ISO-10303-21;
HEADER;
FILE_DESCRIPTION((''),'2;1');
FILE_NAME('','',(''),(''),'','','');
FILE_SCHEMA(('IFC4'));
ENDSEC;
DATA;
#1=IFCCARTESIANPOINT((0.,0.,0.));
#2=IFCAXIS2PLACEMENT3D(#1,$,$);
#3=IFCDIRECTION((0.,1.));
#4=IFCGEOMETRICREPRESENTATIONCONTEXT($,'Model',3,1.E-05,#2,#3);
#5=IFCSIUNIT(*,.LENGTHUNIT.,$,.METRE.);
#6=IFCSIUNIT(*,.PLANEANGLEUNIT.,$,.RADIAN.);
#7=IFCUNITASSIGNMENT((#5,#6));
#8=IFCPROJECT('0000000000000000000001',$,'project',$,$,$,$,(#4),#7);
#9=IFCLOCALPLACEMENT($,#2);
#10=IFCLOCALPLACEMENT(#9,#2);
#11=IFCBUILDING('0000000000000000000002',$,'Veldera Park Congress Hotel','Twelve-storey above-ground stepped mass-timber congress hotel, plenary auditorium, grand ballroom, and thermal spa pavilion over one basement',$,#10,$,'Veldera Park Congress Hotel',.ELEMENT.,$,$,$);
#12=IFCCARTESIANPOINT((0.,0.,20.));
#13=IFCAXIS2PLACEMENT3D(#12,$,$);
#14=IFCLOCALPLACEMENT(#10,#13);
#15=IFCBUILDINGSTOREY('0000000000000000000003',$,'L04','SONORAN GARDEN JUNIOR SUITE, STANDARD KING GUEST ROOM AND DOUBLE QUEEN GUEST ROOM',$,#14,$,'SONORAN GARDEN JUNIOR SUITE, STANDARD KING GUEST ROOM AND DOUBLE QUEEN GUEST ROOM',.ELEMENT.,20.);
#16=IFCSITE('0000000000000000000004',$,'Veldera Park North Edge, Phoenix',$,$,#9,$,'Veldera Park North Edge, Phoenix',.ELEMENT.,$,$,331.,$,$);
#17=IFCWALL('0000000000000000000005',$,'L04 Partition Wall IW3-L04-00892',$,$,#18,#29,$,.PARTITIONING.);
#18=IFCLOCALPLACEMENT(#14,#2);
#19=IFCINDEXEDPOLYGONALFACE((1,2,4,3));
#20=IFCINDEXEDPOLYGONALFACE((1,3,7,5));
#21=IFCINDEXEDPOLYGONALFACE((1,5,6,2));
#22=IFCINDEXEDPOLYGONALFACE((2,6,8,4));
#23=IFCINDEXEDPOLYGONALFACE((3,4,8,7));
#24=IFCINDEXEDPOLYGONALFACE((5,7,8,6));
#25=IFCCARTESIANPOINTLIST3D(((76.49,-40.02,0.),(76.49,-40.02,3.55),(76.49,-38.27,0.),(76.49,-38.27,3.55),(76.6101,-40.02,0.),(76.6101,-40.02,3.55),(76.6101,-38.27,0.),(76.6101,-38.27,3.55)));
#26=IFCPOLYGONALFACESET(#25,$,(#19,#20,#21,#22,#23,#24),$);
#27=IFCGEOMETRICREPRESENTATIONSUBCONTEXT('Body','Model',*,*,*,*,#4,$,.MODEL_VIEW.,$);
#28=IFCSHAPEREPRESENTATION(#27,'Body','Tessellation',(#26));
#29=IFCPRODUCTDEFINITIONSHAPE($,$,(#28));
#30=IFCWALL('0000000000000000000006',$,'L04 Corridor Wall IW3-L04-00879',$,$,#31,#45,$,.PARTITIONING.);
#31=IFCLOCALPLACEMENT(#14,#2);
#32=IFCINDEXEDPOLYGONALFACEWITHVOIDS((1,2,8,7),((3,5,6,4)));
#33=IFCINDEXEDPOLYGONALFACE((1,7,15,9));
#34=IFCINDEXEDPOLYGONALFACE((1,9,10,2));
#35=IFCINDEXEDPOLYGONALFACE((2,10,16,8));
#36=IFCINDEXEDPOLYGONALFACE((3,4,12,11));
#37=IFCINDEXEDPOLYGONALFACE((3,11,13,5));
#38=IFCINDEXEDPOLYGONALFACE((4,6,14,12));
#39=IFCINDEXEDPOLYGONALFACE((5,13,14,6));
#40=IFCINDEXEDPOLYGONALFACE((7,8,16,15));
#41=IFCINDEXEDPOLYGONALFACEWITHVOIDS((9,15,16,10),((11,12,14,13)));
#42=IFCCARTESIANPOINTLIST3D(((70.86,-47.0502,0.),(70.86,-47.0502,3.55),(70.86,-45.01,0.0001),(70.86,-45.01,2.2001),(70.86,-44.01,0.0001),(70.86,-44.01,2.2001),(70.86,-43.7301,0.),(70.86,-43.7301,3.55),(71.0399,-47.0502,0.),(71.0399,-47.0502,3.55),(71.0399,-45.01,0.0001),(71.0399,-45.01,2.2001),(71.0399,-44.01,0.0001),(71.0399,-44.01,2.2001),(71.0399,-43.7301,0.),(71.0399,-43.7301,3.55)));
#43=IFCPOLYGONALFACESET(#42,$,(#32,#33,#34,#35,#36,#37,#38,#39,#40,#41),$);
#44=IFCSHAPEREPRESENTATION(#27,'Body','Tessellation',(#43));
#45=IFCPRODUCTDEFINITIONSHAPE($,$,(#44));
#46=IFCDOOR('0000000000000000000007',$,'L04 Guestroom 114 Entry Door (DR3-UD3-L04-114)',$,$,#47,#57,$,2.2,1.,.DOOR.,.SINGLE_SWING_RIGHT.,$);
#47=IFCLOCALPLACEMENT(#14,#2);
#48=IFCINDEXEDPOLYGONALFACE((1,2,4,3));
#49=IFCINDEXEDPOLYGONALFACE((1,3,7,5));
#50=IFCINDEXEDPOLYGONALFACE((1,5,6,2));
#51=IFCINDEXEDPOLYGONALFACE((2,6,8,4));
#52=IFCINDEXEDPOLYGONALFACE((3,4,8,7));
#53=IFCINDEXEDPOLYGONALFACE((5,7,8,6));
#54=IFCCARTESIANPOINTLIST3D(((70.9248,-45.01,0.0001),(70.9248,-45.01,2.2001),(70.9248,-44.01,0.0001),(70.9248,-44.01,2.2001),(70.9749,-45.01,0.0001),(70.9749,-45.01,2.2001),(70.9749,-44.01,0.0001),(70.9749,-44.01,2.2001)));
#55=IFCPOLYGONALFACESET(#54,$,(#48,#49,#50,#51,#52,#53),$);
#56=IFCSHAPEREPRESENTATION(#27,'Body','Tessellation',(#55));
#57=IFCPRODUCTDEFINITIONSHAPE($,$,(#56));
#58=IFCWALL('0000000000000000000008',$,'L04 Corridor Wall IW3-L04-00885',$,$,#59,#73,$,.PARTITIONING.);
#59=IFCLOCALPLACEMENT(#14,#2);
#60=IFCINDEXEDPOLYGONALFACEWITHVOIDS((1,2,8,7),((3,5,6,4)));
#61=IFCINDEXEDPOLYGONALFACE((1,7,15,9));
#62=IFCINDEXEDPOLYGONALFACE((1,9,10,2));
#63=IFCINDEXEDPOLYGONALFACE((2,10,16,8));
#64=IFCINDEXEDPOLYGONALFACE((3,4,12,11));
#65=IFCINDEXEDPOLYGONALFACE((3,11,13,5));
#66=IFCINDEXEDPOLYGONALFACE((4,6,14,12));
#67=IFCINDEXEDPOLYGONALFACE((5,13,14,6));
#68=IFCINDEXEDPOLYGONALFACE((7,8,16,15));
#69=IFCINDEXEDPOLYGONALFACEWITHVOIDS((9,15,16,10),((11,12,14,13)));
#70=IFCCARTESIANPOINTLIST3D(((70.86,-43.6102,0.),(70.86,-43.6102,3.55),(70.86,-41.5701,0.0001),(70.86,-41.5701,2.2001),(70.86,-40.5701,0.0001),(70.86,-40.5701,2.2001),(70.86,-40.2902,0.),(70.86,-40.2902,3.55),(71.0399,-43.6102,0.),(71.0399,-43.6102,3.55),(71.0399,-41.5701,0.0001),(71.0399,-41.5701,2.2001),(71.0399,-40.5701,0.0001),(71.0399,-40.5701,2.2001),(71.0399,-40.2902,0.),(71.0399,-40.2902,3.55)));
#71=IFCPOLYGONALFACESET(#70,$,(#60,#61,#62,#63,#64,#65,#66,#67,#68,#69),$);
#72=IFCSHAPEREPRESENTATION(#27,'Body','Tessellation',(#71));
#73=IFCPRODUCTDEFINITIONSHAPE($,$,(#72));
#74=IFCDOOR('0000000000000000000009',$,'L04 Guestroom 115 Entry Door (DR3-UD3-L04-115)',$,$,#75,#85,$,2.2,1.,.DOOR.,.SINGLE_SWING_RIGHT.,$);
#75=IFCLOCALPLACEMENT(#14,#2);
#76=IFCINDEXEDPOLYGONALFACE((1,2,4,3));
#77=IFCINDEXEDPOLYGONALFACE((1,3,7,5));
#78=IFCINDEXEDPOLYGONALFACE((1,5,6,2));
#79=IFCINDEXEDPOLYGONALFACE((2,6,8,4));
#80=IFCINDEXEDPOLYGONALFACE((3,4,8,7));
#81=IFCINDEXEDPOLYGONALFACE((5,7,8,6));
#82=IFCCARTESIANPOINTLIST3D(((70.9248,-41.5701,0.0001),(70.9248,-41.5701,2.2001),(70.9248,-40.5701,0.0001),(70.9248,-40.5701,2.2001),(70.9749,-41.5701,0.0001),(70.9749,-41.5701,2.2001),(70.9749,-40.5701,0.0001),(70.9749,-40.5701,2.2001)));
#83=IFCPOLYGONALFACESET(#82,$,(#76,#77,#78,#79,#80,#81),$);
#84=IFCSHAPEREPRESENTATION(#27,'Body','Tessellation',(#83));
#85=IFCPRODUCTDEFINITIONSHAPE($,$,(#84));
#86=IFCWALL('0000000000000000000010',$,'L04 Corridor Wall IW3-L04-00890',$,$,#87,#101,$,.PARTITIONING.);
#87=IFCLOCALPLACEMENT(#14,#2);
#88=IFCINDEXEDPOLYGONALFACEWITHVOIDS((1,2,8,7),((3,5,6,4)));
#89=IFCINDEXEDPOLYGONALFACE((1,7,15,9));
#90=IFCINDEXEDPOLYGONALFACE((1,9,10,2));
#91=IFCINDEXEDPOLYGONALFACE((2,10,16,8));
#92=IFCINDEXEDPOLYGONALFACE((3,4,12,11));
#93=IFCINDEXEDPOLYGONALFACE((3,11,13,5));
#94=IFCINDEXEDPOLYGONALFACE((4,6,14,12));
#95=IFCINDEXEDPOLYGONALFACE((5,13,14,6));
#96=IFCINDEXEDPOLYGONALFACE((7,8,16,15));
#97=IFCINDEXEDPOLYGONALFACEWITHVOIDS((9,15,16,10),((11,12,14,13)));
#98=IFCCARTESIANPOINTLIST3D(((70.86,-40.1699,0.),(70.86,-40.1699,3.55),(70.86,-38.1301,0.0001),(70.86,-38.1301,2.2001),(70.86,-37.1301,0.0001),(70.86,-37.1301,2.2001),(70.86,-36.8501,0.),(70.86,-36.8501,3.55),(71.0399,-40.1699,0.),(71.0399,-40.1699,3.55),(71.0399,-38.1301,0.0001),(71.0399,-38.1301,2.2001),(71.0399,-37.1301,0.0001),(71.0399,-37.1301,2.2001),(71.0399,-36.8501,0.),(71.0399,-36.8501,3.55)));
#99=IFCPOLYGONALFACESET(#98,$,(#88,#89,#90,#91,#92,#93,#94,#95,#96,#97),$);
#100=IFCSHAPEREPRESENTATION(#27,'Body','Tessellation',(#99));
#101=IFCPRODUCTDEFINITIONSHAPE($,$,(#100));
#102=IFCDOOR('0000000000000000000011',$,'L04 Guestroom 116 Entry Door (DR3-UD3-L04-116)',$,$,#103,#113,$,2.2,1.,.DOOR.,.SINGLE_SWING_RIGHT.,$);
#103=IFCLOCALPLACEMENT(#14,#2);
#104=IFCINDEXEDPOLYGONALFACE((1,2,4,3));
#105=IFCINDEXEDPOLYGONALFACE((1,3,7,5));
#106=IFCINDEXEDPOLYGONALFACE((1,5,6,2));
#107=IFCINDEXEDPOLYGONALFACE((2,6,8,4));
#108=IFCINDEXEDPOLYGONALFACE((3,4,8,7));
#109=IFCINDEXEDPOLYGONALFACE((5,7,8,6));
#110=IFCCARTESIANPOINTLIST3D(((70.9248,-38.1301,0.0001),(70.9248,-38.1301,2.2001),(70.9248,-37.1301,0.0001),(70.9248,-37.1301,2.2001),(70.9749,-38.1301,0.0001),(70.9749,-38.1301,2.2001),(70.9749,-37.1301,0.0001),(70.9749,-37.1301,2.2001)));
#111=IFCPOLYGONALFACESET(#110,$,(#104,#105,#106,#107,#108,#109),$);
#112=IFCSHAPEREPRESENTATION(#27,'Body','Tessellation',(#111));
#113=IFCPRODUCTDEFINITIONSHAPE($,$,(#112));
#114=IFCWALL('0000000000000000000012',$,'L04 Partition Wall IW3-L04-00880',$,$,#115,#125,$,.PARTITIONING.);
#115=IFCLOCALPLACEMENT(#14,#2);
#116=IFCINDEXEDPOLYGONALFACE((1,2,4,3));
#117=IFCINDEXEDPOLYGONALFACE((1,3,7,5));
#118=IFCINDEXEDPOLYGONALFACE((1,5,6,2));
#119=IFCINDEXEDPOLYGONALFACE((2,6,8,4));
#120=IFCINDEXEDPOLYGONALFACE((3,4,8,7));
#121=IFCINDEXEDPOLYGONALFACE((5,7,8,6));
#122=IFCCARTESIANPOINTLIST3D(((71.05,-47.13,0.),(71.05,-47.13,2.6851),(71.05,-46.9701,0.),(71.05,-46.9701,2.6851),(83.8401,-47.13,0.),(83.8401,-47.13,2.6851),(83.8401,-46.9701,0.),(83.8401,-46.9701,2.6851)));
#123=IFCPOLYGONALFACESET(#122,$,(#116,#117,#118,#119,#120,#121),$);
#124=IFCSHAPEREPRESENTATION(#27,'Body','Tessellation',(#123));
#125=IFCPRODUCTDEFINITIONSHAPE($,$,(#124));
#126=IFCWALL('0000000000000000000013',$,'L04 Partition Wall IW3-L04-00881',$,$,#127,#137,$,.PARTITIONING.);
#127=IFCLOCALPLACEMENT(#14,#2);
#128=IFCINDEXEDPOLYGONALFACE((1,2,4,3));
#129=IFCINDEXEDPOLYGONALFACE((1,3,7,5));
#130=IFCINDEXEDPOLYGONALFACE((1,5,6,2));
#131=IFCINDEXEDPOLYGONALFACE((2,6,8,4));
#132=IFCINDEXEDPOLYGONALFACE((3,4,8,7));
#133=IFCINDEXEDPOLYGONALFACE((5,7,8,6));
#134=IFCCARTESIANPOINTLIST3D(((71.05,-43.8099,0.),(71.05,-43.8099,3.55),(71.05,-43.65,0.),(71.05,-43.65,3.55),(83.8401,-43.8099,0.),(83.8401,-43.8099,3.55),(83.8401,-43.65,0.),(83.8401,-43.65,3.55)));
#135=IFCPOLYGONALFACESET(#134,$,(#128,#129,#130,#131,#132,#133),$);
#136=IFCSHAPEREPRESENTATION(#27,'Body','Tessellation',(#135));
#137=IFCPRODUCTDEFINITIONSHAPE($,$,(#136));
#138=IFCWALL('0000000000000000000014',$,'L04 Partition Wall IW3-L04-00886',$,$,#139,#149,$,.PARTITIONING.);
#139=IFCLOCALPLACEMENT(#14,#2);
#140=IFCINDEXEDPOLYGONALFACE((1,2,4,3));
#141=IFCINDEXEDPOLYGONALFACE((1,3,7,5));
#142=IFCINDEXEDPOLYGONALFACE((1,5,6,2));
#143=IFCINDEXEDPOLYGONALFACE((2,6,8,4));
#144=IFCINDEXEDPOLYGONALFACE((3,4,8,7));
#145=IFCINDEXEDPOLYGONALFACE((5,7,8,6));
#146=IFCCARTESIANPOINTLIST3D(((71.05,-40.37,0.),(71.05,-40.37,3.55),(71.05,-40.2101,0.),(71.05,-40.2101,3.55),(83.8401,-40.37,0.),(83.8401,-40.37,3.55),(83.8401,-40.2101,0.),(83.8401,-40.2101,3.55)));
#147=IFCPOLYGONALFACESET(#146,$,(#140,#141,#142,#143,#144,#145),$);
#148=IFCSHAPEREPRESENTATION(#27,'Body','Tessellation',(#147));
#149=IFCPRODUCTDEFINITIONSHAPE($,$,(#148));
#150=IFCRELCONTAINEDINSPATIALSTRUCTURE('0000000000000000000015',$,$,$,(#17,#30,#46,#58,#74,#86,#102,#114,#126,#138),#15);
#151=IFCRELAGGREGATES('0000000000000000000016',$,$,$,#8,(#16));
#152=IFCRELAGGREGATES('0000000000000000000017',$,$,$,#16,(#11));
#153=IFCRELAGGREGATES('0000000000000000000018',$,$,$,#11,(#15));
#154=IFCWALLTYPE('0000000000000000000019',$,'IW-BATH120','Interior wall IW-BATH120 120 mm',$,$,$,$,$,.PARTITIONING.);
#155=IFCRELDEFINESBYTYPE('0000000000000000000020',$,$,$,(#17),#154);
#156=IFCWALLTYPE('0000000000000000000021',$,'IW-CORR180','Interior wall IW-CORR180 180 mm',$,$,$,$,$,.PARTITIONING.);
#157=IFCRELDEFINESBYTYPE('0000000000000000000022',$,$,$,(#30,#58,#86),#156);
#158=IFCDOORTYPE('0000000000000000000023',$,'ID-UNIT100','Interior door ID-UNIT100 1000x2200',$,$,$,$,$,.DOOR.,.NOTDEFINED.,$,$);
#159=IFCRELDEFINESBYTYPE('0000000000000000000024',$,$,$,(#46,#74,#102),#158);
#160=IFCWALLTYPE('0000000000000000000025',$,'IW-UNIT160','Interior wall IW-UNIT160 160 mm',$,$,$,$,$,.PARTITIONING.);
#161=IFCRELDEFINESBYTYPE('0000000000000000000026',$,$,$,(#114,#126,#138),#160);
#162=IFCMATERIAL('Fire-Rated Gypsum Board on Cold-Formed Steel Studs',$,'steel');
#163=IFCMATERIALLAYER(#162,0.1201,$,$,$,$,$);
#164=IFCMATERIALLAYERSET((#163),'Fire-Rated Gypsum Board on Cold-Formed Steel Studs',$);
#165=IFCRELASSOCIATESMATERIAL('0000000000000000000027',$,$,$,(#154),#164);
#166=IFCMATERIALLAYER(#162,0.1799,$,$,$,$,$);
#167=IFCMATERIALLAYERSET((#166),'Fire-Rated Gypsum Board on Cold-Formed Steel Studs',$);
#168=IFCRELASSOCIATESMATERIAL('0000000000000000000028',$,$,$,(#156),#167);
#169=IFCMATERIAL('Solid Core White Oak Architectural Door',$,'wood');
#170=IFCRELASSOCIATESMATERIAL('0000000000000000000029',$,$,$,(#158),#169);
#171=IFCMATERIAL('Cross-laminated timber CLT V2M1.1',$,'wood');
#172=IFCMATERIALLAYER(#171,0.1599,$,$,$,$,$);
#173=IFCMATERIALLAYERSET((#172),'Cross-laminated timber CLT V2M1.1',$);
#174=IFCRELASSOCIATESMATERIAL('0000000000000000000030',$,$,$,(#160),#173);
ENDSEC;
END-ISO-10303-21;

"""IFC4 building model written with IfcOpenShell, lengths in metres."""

from ifc_helpers import new_model, si_unit, direction, frame, frame_2d, origin, place, context, subcontext, project, spatial, rectangle, extrude, material, layer, layer_set, type_object, element, fill, save


model = new_model("IFC4")

# Units and contexts
model_context = context("Model", 3, precision=1e-05, world=origin(), true_north=direction((0.0, 1.0)))
body_context = subcontext(model_context, "Body", "Model", "MODEL_VIEW")
ifc_project = project(units=[si_unit("LENGTHUNIT", "METRE"), si_unit("PLANEANGLEUNIT", "RADIAN")], contexts=[model_context])

# Site, building, storey
site_placement = place(None, origin())
site = spatial("IfcSite", under=ifc_project, at=site_placement, Name="Veldera Park North Edge, Phoenix", LongName="Veldera Park North Edge, Phoenix", CompositionType="ELEMENT", RefElevation=331.0)
building_placement = place(site_placement, origin())
building = spatial("IfcBuilding", under=site, at=building_placement, Name="Veldera Park Congress Hotel", Description="Twelve-storey above-ground stepped mass-timber congress hotel, plenary auditorium, grand ballroom, and thermal spa pavilion over one basement", LongName="Veldera Park Congress Hotel", CompositionType="ELEMENT")
storey_placement = place(building_placement, frame((0.0, 0.0, 20.0)))
storey = spatial("IfcBuildingStorey", under=building, at=storey_placement, Name="L04", Description="SONORAN GARDEN JUNIOR SUITE, STANDARD KING GUEST ROOM AND DOUBLE QUEEN GUEST ROOM", LongName="SONORAN GARDEN JUNIOR SUITE, STANDARD KING GUEST ROOM AND DOUBLE QUEEN GUEST ROOM", CompositionType="ELEMENT", Elevation=20.0)

# Shared definitions
ifc_material_1 = material(Name="Cross-laminated timber CLT V2M1.1", Category="wood")

# Shared definitions
ifc_material_2 = material(Name="Fire-Rated Gypsum Board on Cold-Formed Steel Studs", Category="steel")
ifc_layer_1 = layer(ifc_material_2, 0.1201)
ifc_layer_set_1 = layer_set([ifc_layer_1], Name="Fire-Rated Gypsum Board on Cold-Formed Steel Studs")
wall_type_1 = type_object("IfcWallType", Name="IW-BATH120", Description="Interior wall IW-BATH120 120 mm", PredefinedType="PARTITIONING", material=ifc_layer_set_1)

# Shared definitions
ifc_material_3 = material(Name="Solid Core White Oak Architectural Door", Category="wood")

# Wall
wall_1_placement = place(storey_placement, frame((76.55, -40.02, 0.0), z_axis=(0.0, 0.0, 1.0), x_axis=(0.0, 1.0, 0.0)))
element("IfcWall", 1, at=wall_1_placement, inside=storey, type_object=wall_type_1, Name="L04 Partition Wall IW3-L04-00892", PredefinedType="PARTITIONING", context=body_context, shape_type="SweptSolid", body=[
    extrude(rectangle(XDim=1.75, YDim=0.1201, at=frame_2d((0.875, 0.0))), origin(), (0.0, 0.0, 1.0), 3.55),
])

# Walls, openings, doors
ifc_layer_2 = layer(ifc_material_2, 0.1799)
ifc_layer_set_2 = layer_set([ifc_layer_2], Name="Fire-Rated Gypsum Board on Cold-Formed Steel Studs")
wall_type_2 = type_object("IfcWallType", Name="IW-CORR180", Description="Interior wall IW-CORR180 180 mm", PredefinedType="PARTITIONING", material=ifc_layer_set_2)
wall_2_placement = place(storey_placement, frame((70.95, -43.73, 0.0), z_axis=(0.0, 0.0, 1.0), x_axis=(0.0, -1.0, 0.0)))
wall_2 = element("IfcWall", 2, at=wall_2_placement, inside=storey, type_object=wall_type_2, Name="L04 Corridor Wall IW3-L04-00879", PredefinedType="PARTITIONING", context=body_context, shape_type="SweptSolid", body=[
    extrude(rectangle(XDim=3.3201, YDim=0.1799, at=frame_2d((1.6602, 0.0))), origin(), (0.0, 0.0, 1.0), 3.55),
])
opening_1_placement = place(wall_2_placement, frame((0.28, 0.0, 0.0)))
opening_1 = element("IfcOpeningElement", 3, at=opening_1_placement, cuts=wall_2, PredefinedType="OPENING", context=body_context, shape_type="SweptSolid", body=[
    extrude(rectangle(XDim=1.0, YDim=2.2, at=frame_2d((0.5, 1.1001))), frame((0.0, 0.1021, 0.0), z_axis=(0.0, -1.0, 0.0), x_axis=(1.0, 0.0, 0.0)), (0.0, 0.0, 1.0), 0.2039),
])
door_type_1 = type_object("IfcDoorType", Name="ID-UNIT100", Description="Interior door ID-UNIT100 1000x2200", OperationType="NOTDEFINED", PredefinedType="DOOR", material=ifc_material_3)
door_1_placement = place(opening_1_placement, origin())
door_1 = element("IfcDoor", 4, at=door_1_placement, inside=storey, type_object=door_type_1, Name="L04 Guestroom 114 Entry Door (DR3-UD3-L04-114)", OperationType="SINGLE_SWING_RIGHT", OverallHeight=2.2, OverallWidth=1.0, PredefinedType="DOOR", context=body_context, shape_type="SweptSolid", body=[
    extrude(rectangle(XDim=1.0, YDim=2.2, at=frame_2d((0.5, 1.1001))), frame((0.0, 0.0249, 0.0), z_axis=(0.0, -1.0, 0.0), x_axis=(1.0, 0.0, 0.0)), (0.0, 0.0, 1.0), 0.05),
])
fill(opening_1, door_1)
wall_3_placement = place(storey_placement, frame((70.95, -40.29, 0.0), z_axis=(0.0, 0.0, 1.0), x_axis=(0.0, -1.0, 0.0)))
wall_3 = element("IfcWall", 5, at=wall_3_placement, inside=storey, type_object=wall_type_2, Name="L04 Corridor Wall IW3-L04-00885", PredefinedType="PARTITIONING", context=body_context, shape_type="SweptSolid", body=[
    extrude(rectangle(XDim=3.3201, YDim=0.1799, at=frame_2d((1.6602, 0.0))), origin(), (0.0, 0.0, 1.0), 3.55),
])
opening_2_placement = place(wall_3_placement, frame((0.28, 0.0, 0.0)))
opening_2 = element("IfcOpeningElement", 6, at=opening_2_placement, cuts=wall_3, PredefinedType="OPENING", context=body_context, shape_type="SweptSolid", body=[
    extrude(rectangle(XDim=1.0, YDim=2.2, at=frame_2d((0.5, 1.1001))), frame((0.0, 0.1021, 0.0), z_axis=(0.0, -1.0, 0.0), x_axis=(1.0, 0.0, 0.0)), (0.0, 0.0, 1.0), 0.2039),
])
door_2_placement = place(opening_2_placement, origin())
door_2 = element("IfcDoor", 7, at=door_2_placement, inside=storey, type_object=door_type_1, Name="L04 Guestroom 115 Entry Door (DR3-UD3-L04-115)", OperationType="SINGLE_SWING_RIGHT", OverallHeight=2.2, OverallWidth=1.0, PredefinedType="DOOR", context=body_context, shape_type="SweptSolid", body=[
    extrude(rectangle(XDim=1.0, YDim=2.2, at=frame_2d((0.5, 1.1001))), frame((0.0, 0.0249, 0.0), z_axis=(0.0, -1.0, 0.0), x_axis=(1.0, 0.0, 0.0)), (0.0, 0.0, 1.0), 0.05),
])
fill(opening_2, door_2)
wall_4_placement = place(storey_placement, frame((70.95, -36.8501, 0.0), z_axis=(0.0, 0.0, 1.0), x_axis=(0.0, -1.0, 0.0)))
wall_4 = element("IfcWall", 8, at=wall_4_placement, inside=storey, type_object=wall_type_2, Name="L04 Corridor Wall IW3-L04-00890", PredefinedType="PARTITIONING", context=body_context, shape_type="SweptSolid", body=[
    extrude(rectangle(XDim=3.3198, YDim=0.1799, at=frame_2d((1.6599, 0.0))), origin(), (0.0, 0.0, 1.0), 3.55),
])
opening_3_placement = place(wall_4_placement, frame((0.28, 0.0, 0.0)))
opening_3 = element("IfcOpeningElement", 9, at=opening_3_placement, cuts=wall_4, PredefinedType="OPENING", context=body_context, shape_type="SweptSolid", body=[
    extrude(rectangle(XDim=1.0, YDim=2.2, at=frame_2d((0.5, 1.1001))), frame((0.0, 0.1021, 0.0), z_axis=(0.0, -1.0, 0.0), x_axis=(1.0, 0.0, 0.0)), (0.0, 0.0, 1.0), 0.2039),
])
door_3_placement = place(opening_3_placement, origin())
door_3 = element("IfcDoor", 10, at=door_3_placement, inside=storey, type_object=door_type_1, Name="L04 Guestroom 116 Entry Door (DR3-UD3-L04-116)", OperationType="SINGLE_SWING_RIGHT", OverallHeight=2.2, OverallWidth=1.0, PredefinedType="DOOR", context=body_context, shape_type="SweptSolid", body=[
    extrude(rectangle(XDim=1.0, YDim=2.2, at=frame_2d((0.5, 1.1001))), frame((0.0, 0.0249, 0.0), z_axis=(0.0, -1.0, 0.0), x_axis=(1.0, 0.0, 0.0)), (0.0, 0.0, 1.0), 0.05),
])
fill(opening_3, door_3)

# Walls
ifc_layer_3 = layer(ifc_material_1, 0.1599)
ifc_layer_set_3 = layer_set([ifc_layer_3], Name="Cross-laminated timber CLT V2M1.1")
wall_type_3 = type_object("IfcWallType", Name="IW-UNIT160", Description="Interior wall IW-UNIT160 160 mm", PredefinedType="PARTITIONING", material=ifc_layer_set_3)
wall_5_placement = place(storey_placement, frame((71.05, -47.05, 0.0), z_axis=(0.0, 0.0, 1.0), x_axis=(1.0, 0.0, 0.0)))
element("IfcWall", 11, at=wall_5_placement, inside=storey, type_object=wall_type_3, Name="L04 Partition Wall IW3-L04-00880", PredefinedType="PARTITIONING", context=body_context, shape_type="SweptSolid", body=[
    extrude(rectangle(XDim=12.79, YDim=0.1599, at=frame_2d((6.395, 0.0))), origin(), (0.0, 0.0, 1.0), 2.6851),
])
for number, where, z_axis, x_axis, name in (
    (12, (71.05, -43.73, 0.0), (0.0, 0.0, 1.0), (1.0, 0.0, 0.0), "L04 Partition Wall IW3-L04-00881"),
    (13, (71.05, -40.29, 0.0), (0.0, 0.0, 1.0), (1.0, 0.0, 0.0), "L04 Partition Wall IW3-L04-00886"),
):
    element("IfcWall", number, at=place(storey_placement, frame(where, z_axis=z_axis, x_axis=x_axis)), inside=storey, type_object=wall_type_3, Name=name, PredefinedType="PARTITIONING", context=body_context, shape_type="SweptSolid", body=[
        extrude(rectangle(XDim=12.79, YDim=0.1599, at=frame_2d((6.395, 0.0))), origin(), (0.0, 0.0, 1.0), 3.55),
    ])

save(model, "model.ifc")
